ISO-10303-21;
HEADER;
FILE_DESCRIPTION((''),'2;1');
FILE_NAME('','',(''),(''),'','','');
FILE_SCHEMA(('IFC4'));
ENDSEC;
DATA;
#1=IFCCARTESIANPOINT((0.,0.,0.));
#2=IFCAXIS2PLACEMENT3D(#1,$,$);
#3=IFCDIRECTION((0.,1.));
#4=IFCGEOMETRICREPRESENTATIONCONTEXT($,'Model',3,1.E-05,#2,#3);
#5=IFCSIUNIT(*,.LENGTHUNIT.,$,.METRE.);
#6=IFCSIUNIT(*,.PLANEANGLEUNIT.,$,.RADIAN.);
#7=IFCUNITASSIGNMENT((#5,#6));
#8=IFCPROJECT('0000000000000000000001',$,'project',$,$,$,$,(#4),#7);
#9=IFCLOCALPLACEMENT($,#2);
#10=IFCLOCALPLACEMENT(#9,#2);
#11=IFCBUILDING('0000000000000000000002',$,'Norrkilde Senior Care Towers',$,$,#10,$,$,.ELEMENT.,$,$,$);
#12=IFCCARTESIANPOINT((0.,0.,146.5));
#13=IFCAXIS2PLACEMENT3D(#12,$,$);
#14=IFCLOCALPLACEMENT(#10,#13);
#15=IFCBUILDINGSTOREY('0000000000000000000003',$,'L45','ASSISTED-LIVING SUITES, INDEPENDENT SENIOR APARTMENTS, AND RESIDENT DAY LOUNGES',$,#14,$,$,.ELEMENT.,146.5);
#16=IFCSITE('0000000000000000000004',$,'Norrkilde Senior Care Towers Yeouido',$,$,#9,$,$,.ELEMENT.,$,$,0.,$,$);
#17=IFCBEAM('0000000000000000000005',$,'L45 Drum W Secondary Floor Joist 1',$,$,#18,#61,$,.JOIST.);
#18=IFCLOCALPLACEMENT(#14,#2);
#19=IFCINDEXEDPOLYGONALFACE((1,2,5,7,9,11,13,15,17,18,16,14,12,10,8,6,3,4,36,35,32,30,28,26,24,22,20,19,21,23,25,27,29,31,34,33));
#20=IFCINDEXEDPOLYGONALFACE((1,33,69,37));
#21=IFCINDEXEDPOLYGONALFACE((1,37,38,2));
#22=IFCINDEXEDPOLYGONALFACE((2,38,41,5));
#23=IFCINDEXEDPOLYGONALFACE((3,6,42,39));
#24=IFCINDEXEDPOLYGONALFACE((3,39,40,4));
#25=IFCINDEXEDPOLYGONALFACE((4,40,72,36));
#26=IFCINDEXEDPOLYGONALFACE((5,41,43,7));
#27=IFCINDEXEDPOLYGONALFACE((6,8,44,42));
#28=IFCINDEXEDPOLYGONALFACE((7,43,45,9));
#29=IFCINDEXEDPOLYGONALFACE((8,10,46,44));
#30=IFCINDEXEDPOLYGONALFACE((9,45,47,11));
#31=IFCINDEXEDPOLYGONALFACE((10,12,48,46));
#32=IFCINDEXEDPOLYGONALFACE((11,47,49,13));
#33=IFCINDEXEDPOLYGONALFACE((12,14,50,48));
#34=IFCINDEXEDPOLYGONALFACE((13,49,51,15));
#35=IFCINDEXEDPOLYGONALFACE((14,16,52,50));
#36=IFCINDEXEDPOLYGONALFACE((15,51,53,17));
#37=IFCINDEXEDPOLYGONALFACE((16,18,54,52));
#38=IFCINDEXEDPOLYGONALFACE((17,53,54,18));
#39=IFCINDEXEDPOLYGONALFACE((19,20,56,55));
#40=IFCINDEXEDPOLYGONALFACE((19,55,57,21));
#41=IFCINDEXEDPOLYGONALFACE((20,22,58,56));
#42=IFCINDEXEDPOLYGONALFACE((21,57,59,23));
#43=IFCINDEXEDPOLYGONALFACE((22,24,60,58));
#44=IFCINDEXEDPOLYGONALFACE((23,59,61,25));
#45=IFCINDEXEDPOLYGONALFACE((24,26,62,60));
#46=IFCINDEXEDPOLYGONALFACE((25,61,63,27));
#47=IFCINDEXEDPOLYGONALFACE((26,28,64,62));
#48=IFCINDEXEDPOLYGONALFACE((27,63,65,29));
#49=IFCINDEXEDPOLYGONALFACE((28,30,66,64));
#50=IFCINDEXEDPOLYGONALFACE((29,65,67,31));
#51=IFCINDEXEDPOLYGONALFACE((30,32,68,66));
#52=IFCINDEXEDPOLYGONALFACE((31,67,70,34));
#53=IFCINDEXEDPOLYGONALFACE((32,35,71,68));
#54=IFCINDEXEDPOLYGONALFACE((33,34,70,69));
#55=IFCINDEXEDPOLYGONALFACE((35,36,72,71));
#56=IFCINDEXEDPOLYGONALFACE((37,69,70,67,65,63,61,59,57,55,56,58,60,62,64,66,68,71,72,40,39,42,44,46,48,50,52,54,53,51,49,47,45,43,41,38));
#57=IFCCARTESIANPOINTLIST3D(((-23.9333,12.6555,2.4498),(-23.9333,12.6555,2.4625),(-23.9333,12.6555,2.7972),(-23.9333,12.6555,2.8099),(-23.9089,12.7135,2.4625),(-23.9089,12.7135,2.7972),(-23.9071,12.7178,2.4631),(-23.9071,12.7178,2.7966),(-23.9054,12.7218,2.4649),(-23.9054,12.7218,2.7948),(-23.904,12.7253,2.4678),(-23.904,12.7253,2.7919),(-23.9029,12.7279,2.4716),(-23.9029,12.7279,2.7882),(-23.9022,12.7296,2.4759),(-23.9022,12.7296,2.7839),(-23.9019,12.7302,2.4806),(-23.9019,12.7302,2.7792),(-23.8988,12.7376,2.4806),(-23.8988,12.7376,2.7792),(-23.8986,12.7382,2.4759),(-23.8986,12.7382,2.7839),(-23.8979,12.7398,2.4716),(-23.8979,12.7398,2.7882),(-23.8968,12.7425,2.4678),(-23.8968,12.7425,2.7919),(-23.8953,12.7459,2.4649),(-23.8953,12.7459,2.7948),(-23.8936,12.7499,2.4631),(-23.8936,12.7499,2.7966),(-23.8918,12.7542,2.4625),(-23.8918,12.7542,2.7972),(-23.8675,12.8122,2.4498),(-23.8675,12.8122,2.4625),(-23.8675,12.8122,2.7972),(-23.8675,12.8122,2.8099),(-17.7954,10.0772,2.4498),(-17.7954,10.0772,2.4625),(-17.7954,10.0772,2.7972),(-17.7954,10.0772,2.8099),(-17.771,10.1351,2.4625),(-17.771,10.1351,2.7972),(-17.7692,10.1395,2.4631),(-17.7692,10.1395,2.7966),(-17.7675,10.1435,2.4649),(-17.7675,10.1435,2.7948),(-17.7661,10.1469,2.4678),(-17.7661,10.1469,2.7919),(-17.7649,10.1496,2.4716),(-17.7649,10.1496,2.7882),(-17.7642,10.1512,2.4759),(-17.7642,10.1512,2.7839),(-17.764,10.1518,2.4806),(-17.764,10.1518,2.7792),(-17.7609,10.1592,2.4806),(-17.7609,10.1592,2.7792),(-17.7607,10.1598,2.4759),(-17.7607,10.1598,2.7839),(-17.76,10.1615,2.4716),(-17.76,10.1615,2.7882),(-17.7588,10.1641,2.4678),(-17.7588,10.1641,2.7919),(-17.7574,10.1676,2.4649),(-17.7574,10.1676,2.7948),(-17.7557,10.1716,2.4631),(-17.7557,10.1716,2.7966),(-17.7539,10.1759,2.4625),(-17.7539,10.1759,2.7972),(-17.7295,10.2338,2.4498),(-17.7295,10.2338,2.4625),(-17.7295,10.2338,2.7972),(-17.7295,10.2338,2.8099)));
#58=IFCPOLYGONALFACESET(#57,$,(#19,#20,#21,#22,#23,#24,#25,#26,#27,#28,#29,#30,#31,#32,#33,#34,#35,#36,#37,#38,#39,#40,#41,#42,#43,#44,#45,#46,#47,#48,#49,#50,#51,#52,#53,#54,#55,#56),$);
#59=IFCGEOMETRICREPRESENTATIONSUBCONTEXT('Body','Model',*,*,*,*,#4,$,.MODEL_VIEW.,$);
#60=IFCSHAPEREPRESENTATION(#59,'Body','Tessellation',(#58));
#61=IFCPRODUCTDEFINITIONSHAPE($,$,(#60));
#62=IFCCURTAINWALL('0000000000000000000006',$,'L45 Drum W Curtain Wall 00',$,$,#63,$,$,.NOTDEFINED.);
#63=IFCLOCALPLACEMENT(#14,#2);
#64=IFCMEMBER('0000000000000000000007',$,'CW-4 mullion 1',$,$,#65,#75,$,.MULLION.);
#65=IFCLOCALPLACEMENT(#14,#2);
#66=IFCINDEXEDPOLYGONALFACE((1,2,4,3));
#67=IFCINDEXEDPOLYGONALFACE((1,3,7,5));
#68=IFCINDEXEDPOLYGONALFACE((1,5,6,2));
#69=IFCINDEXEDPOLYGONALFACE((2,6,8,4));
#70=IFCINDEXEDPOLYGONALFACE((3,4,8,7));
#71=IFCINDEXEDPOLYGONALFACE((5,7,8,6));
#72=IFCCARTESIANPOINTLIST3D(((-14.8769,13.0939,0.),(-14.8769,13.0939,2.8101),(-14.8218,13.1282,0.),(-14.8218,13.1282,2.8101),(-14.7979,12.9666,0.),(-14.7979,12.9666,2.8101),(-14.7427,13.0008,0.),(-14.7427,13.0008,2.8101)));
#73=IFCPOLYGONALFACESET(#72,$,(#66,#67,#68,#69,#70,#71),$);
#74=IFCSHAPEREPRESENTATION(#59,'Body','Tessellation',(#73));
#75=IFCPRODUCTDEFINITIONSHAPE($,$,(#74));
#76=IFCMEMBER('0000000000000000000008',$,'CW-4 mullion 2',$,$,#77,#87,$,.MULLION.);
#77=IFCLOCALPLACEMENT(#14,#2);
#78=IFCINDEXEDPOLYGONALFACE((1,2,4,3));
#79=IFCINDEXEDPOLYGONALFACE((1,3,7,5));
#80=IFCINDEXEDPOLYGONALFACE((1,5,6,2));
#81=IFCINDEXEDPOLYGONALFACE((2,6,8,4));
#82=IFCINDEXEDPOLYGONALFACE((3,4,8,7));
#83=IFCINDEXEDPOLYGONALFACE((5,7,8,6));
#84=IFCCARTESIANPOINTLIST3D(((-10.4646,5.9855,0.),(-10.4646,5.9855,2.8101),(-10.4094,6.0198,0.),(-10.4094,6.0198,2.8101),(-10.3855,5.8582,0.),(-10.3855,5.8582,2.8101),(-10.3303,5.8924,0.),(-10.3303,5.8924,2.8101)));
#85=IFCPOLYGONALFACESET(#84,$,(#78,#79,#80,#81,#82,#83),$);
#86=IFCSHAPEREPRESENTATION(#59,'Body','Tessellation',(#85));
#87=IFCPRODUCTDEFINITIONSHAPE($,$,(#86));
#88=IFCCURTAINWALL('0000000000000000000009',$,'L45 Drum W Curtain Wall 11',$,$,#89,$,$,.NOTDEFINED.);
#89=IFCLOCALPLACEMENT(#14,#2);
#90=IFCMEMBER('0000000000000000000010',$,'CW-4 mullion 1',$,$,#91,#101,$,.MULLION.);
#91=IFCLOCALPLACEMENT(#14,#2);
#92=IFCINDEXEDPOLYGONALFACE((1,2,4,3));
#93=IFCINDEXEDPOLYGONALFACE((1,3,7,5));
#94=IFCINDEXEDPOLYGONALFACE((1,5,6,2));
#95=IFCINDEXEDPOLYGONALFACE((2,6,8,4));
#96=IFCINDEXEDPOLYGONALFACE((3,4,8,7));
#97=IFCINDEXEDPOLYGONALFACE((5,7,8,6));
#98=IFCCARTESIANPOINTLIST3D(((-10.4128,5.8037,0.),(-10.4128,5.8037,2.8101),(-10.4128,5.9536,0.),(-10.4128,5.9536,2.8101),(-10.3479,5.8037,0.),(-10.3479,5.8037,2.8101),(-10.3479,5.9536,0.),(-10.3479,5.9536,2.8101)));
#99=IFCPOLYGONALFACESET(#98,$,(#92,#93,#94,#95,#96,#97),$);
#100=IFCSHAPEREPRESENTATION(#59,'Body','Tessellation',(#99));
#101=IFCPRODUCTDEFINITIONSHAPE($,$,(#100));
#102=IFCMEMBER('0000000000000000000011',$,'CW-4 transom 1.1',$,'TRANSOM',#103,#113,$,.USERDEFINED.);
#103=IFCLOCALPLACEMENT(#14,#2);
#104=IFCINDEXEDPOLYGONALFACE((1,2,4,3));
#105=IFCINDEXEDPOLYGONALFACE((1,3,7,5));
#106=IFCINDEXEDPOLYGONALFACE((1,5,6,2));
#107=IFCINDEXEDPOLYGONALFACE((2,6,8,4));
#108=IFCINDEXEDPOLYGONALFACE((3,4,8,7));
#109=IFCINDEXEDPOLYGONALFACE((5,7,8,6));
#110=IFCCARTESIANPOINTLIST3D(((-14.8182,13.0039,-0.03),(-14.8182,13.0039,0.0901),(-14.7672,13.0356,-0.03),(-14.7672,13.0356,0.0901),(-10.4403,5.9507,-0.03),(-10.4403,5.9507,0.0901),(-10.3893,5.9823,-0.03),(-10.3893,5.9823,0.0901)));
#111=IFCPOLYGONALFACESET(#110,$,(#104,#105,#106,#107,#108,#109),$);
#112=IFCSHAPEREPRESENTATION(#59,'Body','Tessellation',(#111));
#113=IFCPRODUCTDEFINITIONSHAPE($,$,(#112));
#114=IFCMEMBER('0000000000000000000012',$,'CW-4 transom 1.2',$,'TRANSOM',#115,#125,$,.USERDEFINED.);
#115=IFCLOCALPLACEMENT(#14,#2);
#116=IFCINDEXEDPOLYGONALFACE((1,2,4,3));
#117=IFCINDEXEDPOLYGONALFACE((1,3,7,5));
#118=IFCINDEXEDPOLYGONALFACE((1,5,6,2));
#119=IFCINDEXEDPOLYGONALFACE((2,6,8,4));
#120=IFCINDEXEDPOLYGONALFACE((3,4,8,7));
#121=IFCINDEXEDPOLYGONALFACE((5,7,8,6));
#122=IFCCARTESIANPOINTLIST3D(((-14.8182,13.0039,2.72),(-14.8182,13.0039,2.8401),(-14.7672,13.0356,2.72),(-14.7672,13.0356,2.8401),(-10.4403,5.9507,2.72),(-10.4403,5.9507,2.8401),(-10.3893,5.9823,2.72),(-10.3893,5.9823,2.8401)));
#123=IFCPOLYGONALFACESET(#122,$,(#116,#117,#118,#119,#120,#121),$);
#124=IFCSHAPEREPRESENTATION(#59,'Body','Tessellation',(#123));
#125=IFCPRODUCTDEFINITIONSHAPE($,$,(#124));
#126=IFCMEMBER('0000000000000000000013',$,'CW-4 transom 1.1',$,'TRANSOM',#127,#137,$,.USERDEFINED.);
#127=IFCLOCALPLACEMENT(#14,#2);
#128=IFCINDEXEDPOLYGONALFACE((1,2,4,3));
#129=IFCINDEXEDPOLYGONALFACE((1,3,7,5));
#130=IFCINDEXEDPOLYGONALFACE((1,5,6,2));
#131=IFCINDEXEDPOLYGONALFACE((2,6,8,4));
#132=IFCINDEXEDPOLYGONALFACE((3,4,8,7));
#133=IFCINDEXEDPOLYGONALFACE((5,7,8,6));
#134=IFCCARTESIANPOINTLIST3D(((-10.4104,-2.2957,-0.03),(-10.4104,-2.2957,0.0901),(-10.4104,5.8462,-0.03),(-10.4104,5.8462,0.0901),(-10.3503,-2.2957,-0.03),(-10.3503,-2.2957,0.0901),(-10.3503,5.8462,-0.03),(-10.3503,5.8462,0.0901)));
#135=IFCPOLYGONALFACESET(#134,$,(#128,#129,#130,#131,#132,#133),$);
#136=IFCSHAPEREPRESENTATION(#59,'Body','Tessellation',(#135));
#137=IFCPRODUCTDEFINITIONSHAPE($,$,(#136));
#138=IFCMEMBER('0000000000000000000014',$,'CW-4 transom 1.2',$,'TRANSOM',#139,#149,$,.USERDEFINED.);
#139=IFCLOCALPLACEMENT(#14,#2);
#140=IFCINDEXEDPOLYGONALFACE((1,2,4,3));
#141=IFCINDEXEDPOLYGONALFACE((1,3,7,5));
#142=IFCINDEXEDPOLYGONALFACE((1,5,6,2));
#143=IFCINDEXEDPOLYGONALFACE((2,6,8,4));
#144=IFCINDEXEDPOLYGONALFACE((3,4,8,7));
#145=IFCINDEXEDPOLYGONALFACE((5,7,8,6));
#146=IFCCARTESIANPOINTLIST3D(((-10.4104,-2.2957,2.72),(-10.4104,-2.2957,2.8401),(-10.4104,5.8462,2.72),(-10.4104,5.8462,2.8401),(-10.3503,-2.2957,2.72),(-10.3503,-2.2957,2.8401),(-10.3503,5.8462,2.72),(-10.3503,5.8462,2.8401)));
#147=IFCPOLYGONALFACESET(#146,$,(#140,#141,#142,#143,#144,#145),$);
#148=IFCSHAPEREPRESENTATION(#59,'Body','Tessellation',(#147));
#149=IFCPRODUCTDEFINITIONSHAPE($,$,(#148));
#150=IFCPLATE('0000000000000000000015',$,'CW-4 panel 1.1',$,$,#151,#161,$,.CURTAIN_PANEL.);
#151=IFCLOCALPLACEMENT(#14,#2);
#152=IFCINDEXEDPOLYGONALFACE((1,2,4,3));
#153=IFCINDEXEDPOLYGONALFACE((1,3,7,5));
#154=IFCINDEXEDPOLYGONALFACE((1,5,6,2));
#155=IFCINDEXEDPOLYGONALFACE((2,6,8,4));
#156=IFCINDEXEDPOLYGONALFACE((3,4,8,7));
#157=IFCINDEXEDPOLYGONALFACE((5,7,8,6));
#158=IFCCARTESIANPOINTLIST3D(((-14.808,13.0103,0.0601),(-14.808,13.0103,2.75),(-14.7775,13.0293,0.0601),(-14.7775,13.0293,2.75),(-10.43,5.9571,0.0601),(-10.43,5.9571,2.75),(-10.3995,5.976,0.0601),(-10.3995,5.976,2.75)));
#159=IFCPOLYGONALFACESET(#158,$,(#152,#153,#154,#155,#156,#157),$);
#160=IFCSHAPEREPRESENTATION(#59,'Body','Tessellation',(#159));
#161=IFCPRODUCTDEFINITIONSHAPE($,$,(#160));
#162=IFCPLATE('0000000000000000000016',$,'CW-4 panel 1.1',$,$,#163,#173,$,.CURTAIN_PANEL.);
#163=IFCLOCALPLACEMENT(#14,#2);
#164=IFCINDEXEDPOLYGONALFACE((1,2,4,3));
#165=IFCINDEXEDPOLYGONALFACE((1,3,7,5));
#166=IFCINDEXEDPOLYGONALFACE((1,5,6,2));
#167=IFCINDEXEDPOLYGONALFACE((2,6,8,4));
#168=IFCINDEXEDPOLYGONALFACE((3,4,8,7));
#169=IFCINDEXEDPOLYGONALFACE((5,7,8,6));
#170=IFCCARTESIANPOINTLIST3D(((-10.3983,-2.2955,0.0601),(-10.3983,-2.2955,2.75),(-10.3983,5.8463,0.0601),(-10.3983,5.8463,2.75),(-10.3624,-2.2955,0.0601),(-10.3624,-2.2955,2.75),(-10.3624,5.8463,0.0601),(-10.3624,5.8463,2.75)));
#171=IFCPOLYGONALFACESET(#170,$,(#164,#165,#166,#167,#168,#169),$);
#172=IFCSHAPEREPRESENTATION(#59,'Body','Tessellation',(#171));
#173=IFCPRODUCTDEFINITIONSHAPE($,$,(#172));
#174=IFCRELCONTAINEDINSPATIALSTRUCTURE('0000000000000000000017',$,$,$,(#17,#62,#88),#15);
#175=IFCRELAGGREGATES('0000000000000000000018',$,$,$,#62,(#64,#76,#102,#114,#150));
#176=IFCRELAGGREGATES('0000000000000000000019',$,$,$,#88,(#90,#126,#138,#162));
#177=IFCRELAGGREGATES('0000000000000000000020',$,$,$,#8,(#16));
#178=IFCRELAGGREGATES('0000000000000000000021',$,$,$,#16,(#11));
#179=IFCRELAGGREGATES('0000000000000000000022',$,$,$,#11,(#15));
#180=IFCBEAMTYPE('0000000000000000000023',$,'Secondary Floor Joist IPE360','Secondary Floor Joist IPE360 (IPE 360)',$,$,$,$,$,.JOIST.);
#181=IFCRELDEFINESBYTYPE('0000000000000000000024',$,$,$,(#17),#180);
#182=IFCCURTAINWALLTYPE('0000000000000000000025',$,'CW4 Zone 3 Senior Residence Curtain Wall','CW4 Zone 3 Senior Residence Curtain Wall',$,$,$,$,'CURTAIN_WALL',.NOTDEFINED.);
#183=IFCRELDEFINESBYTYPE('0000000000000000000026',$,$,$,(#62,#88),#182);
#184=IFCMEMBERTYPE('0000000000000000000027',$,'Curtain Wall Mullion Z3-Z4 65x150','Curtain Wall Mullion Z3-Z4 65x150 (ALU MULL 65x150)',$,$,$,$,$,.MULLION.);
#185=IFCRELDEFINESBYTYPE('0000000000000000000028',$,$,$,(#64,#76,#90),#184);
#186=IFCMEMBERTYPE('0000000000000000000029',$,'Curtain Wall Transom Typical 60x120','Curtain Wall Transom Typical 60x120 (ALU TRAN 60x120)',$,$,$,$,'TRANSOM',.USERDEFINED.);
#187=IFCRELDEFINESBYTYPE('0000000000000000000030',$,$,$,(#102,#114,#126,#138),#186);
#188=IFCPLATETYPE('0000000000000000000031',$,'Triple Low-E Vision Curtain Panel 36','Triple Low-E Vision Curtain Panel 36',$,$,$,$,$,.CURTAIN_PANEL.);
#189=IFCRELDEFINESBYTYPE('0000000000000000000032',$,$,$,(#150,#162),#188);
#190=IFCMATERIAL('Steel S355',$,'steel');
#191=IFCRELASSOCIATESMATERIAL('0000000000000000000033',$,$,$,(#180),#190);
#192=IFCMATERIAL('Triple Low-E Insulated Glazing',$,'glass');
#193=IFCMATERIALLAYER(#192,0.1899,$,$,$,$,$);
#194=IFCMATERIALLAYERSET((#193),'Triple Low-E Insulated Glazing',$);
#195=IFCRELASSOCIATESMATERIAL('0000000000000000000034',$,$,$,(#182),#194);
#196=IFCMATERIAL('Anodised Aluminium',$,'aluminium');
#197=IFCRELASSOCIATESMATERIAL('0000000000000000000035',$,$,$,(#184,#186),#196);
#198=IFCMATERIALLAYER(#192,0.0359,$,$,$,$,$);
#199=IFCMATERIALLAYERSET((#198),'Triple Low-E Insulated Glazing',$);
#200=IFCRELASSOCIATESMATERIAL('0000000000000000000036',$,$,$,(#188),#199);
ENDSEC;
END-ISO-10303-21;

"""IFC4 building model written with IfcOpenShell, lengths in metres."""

from ifc_helpers import new_model, si_unit, direction, frame, origin, origin_2d, place, context, subcontext, project, spatial, rectangle, i_section, extrude, source, transform, mapped, material, layer, layer_set, material_profile, profile_set, type_object, type_shapes, element, aggregate, save


model = new_model("IFC4")

# Units and contexts
model_context = context("Model", 3, precision=1e-05, world=origin(), true_north=direction((0.0, 1.0)))
body_context = subcontext(model_context, "Body", "Model", "MODEL_VIEW")
ifc_project = project(units=[si_unit("LENGTHUNIT", "METRE"), si_unit("PLANEANGLEUNIT", "RADIAN")], contexts=[model_context])

# Site, building, storey
site_placement = place(None, origin())
site = spatial("IfcSite", under=ifc_project, at=site_placement, Name="Norrkilde Senior Care Towers Yeouido", CompositionType="ELEMENT", RefElevation=0.0)
building_placement = place(site_placement, origin())
building = spatial("IfcBuilding", under=site, at=building_placement, Name="Norrkilde Senior Care Towers", CompositionType="ELEMENT")
storey_placement = place(building_placement, frame((0.0, 0.0, 146.5)))
storey = spatial("IfcBuildingStorey", under=building, at=storey_placement, Name="L45", Description="ASSISTED-LIVING SUITES, INDEPENDENT SENIOR APARTMENTS, AND RESIDENT DAY LOUNGES", CompositionType="ELEMENT", Elevation=146.5)

# Beam
ifc_material_1 = material(Name="Steel S355", Category="steel")
ifc_material_profile_1 = material_profile(ifc_material_1, i_section(OverallWidth=0.1699, OverallDepth=0.3601, WebThickness=0.0081, FlangeThickness=0.0127, FilletRadius=0.0181, at=origin_2d()), Name="IPE 360")
ifc_profile_set_1 = profile_set([ifc_material_profile_1], Name="Steel S355")
beam_type_1 = type_object("IfcBeamType", Name="Secondary Floor Joist IPE360", Description="Secondary Floor Joist IPE360 (IPE 360)", PredefinedType="JOIST", material=ifc_profile_set_1)
shared_shape_1 = source(origin(), body_context, "Body", "SweptSolid", [
    extrude(i_section(OverallWidth=0.1699, OverallDepth=0.3601, WebThickness=0.0081, FlangeThickness=0.0127, FilletRadius=0.0181, at=origin_2d()), origin(), (0.0, 0.0, 1.0), 6.6575),
])
type_shapes(beam_type_1, [shared_shape_1])
beam_1_placement = place(storey_placement, frame((-17.7625, 10.1555, 2.6299), z_axis=(-0.921959, 0.387288, 0.0), x_axis=(-0.387288, -0.921959, 0.0)))
element("IfcBeam", 1, at=beam_1_placement, inside=storey, type_object=beam_type_1, Name="L45 Drum W Secondary Floor Joist 1", PredefinedType="JOIST", context=body_context, shape_type="MappedRepresentation", body=[
    mapped(shared_shape_1, transform((0.0, 0.0, 0.0), x_axis=(1.0, 0.0, 0.0), y_axis=(0.0, 1.0, 0.0), z_axis=(0.0, 0.0, 1.0), scale=1.0)),
])

# Curtain wall, members
ifc_material_2 = material(Name="Triple Low-E Insulated Glazing", Category="glass")
ifc_layer_1 = layer(ifc_material_2, 0.1899)
ifc_layer_set_1 = layer_set([ifc_layer_1], Name="Triple Low-E Insulated Glazing")
curtain_wall_type = type_object("IfcCurtainWallType", Name="CW4 Zone 3 Senior Residence Curtain Wall", Description="CW4 Zone 3 Senior Residence Curtain Wall", ElementType="CURTAIN_WALL", PredefinedType="NOTDEFINED", material=ifc_layer_set_1)
curtain_wall_1_placement = place(storey_placement, origin())
curtain_wall_1 = element("IfcCurtainWall", 2, at=curtain_wall_1_placement, inside=storey, type_object=curtain_wall_type, Name="L45 Drum W Curtain Wall 00", PredefinedType="NOTDEFINED")
ifc_material_3 = material(Name="Anodised Aluminium", Category="aluminium")
ifc_material_profile_2 = material_profile(ifc_material_3, rectangle(XDim=0.0649, YDim=0.1499, at=origin_2d()), Name="ALU MULL 65x150")
ifc_profile_set_2 = profile_set([ifc_material_profile_2], Name="Anodised Aluminium")
member_type_1 = type_object("IfcMemberType", Name="Curtain Wall Mullion Z3-Z4 65x150", Description="Curtain Wall Mullion Z3-Z4 65x150 (ALU MULL 65x150)", PredefinedType="MULLION", material=ifc_profile_set_2)
shared_shape_2 = source(origin(), body_context, "Body", "SweptSolid", [
    extrude(rectangle(XDim=0.0649, YDim=0.1499, at=origin_2d()), origin(), (0.0, 0.0, 1.0), 2.8101),
])
type_shapes(member_type_1, [shared_shape_2])
member_1_placement = place(storey_placement, frame((-14.8098, 13.0474, 0.0), z_axis=(0.0, 0.0, 1.0), x_axis=(0.849634, 0.527373, 0.0)))
member_1 = element("IfcMember", 3, at=member_1_placement, type_object=member_type_1, Name="CW-4 mullion 1", PredefinedType="MULLION", context=body_context, shape_type="MappedRepresentation", body=[
    mapped(shared_shape_2, transform((0.0, 0.0, 0.0), x_axis=(1.0, 0.0, 0.0), y_axis=(0.0, 1.0, 0.0), z_axis=(0.0, 0.0, 1.0), scale=1.0)),
])
member_2_placement = place(storey_placement, frame((-10.3975, 5.939, 0.0), z_axis=(0.0, 0.0, 1.0), x_axis=(0.849634, 0.527373, 0.0)))
member_2 = element("IfcMember", 4, at=member_2_placement, type_object=member_type_1, Name="CW-4 mullion 2", PredefinedType="MULLION", context=body_context, shape_type="MappedRepresentation", body=[
    mapped(shared_shape_2, transform((0.0, 0.0, 0.0), x_axis=(1.0, 0.0, 0.0), y_axis=(0.0, 1.0, 0.0), z_axis=(0.0, 0.0, 1.0), scale=1.0)),
])

# Curtain wall, member
curtain_wall_2_placement = place(storey_placement, origin())
curtain_wall_2 = element("IfcCurtainWall", 5, at=curtain_wall_2_placement, inside=storey, type_object=curtain_wall_type, Name="L45 Drum W Curtain Wall 11", PredefinedType="NOTDEFINED")
member_3_placement = place(storey_placement, frame((-10.3804, 5.8787, 0.0), z_axis=(0.0, 0.0, 1.0), x_axis=(1.0, 0.0, 0.0)))
member_3 = element("IfcMember", 6, at=member_3_placement, type_object=member_type_1, Name="CW-4 mullion 1", PredefinedType="MULLION", context=body_context, shape_type="MappedRepresentation", body=[
    mapped(shared_shape_2, transform((0.0, 0.0, 0.0), x_axis=(1.0, 0.0, 0.0), y_axis=(0.0, 1.0, 0.0), z_axis=(0.0, 0.0, 1.0), scale=1.0)),
])

# Members
ifc_material_profile_3 = material_profile(ifc_material_3, rectangle(XDim=0.0601, YDim=0.1201, at=origin_2d()), Name="ALU TRAN 60x120")
ifc_profile_set_3 = profile_set([ifc_material_profile_3], Name="Anodised Aluminium")
member_type_2 = type_object("IfcMemberType", Name="Curtain Wall Transom Typical 60x120", Description="Curtain Wall Transom Typical 60x120 (ALU TRAN 60x120)", ElementType="TRANSOM", PredefinedType="USERDEFINED", material=ifc_profile_set_3)
shared_shape_3 = source(origin(), body_context, "Body", "SweptSolid", [
    extrude(rectangle(XDim=0.0601, YDim=0.1201, at=origin_2d()), origin(), (0.0, 0.0, 1.0), 8.3015),
])
member_4_placement = place(storey_placement, frame((-14.7927, 13.0198, 0.03), z_axis=(0.527369, -0.849637, 0.0), x_axis=(0.849637, 0.527369, 0.0)))
member_4 = element("IfcMember", 7, at=member_4_placement, type_object=member_type_2, Name="CW-4 transom 1.1", ObjectType="TRANSOM", PredefinedType="USERDEFINED", context=body_context, shape_type="MappedRepresentation", body=[
    mapped(shared_shape_3, transform((0.0, 0.0, 0.0), x_axis=(1.0, 0.0, 0.0), y_axis=(0.0, 1.0, 0.0), z_axis=(0.0, 0.0, 1.0), scale=1.0)),
])
member_5_placement = place(storey_placement, frame((-14.7927, 13.0198, 2.78), z_axis=(0.527369, -0.849637, 0.0), x_axis=(0.849637, 0.527369, 0.0)))
member_5 = element("IfcMember", 8, at=member_5_placement, type_object=member_type_2, Name="CW-4 transom 1.2", ObjectType="TRANSOM", PredefinedType="USERDEFINED", context=body_context, shape_type="MappedRepresentation", body=[
    mapped(shared_shape_3, transform((0.0, 0.0, 0.0), x_axis=(1.0, 0.0, 0.0), y_axis=(0.0, 1.0, 0.0), z_axis=(0.0, 0.0, 1.0), scale=1.0)),
])
shared_shape_4 = source(origin(), body_context, "Body", "SweptSolid", [
    extrude(rectangle(XDim=0.0601, YDim=0.1201, at=origin_2d()), origin(), (0.0, 0.0, 1.0), 8.1418),
])
type_shapes(member_type_2, [shared_shape_3, shared_shape_4])
member_6_placement = place(storey_placement, frame((-10.3804, 5.8462, 0.03), z_axis=(0.0, -1.0, 0.0), x_axis=(1.0, 0.0, 0.0)))
member_6 = element("IfcMember", 9, at=member_6_placement, type_object=member_type_2, Name="CW-4 transom 1.1", ObjectType="TRANSOM", PredefinedType="USERDEFINED", context=body_context, shape_type="MappedRepresentation", body=[
    mapped(shared_shape_4, transform((0.0, 0.0, 0.0), x_axis=(1.0, 0.0, 0.0), y_axis=(0.0, 1.0, 0.0), z_axis=(0.0, 0.0, 1.0), scale=1.0)),
])
member_7_placement = place(storey_placement, frame((-10.3804, 5.8462, 2.78), z_axis=(0.0, -1.0, 0.0), x_axis=(1.0, 0.0, 0.0)))
member_7 = element("IfcMember", 10, at=member_7_placement, type_object=member_type_2, Name="CW-4 transom 1.2", ObjectType="TRANSOM", PredefinedType="USERDEFINED", context=body_context, shape_type="MappedRepresentation", body=[
    mapped(shared_shape_4, transform((0.0, 0.0, 0.0), x_axis=(1.0, 0.0, 0.0), y_axis=(0.0, 1.0, 0.0), z_axis=(0.0, 0.0, 1.0), scale=1.0)),
])

# Plates
ifc_layer_2 = layer(ifc_material_2, 0.0359)
ifc_layer_set_2 = layer_set([ifc_layer_2], Name="Triple Low-E Insulated Glazing")
plate_type = type_object("IfcPlateType", Name="Triple Low-E Vision Curtain Panel 36", Description="Triple Low-E Vision Curtain Panel 36", PredefinedType="CURTAIN_PANEL", material=ifc_layer_set_2)
shared_shape_5 = source(origin(), body_context, "Body", "SweptSolid", [
    extrude(rectangle(XDim=8.3015, YDim=0.0359, at=origin_2d()), origin(), (0.0, 0.0, 1.0), 2.6899),
])
plate_1_placement = place(storey_placement, frame((-12.6038, 9.4932, 0.0601), z_axis=(0.0, 0.0, 1.0), x_axis=(0.527373, -0.849634, 0.0)))
plate_1 = element("IfcPlate", 11, at=plate_1_placement, type_object=plate_type, Name="CW-4 panel 1.1", PredefinedType="CURTAIN_PANEL", context=body_context, shape_type="MappedRepresentation", body=[
    mapped(shared_shape_5, transform((0.0, 0.0, 0.0), x_axis=(1.0, 0.0, 0.0), y_axis=(0.0, 1.0, 0.0), z_axis=(0.0, 0.0, 1.0), scale=1.0)),
])
aggregate(curtain_wall_1, [member_1, member_2, member_4, member_5, plate_1])
shared_shape_6 = source(origin(), body_context, "Body", "SweptSolid", [
    extrude(rectangle(XDim=8.1418, YDim=0.0359, at=origin_2d()), origin(), (0.0, 0.0, 1.0), 2.6899),
])
type_shapes(plate_type, [shared_shape_5, shared_shape_6])
plate_2_placement = place(storey_placement, frame((-10.3804, 1.7754, 0.0601), z_axis=(0.0, 0.0, 1.0), x_axis=(0.0, -1.0, 0.0)))
plate_2 = element("IfcPlate", 12, at=plate_2_placement, type_object=plate_type, Name="CW-4 panel 1.1", PredefinedType="CURTAIN_PANEL", context=body_context, shape_type="MappedRepresentation", body=[
    mapped(shared_shape_6, transform((0.0, 0.0, 0.0), x_axis=(1.0, 0.0, 0.0), y_axis=(0.0, 1.0, 0.0), z_axis=(0.0, 0.0, 1.0), scale=1.0)),
])
aggregate(curtain_wall_2, [member_3, member_6, member_7, plate_2])

save(model, "model.ifc")
